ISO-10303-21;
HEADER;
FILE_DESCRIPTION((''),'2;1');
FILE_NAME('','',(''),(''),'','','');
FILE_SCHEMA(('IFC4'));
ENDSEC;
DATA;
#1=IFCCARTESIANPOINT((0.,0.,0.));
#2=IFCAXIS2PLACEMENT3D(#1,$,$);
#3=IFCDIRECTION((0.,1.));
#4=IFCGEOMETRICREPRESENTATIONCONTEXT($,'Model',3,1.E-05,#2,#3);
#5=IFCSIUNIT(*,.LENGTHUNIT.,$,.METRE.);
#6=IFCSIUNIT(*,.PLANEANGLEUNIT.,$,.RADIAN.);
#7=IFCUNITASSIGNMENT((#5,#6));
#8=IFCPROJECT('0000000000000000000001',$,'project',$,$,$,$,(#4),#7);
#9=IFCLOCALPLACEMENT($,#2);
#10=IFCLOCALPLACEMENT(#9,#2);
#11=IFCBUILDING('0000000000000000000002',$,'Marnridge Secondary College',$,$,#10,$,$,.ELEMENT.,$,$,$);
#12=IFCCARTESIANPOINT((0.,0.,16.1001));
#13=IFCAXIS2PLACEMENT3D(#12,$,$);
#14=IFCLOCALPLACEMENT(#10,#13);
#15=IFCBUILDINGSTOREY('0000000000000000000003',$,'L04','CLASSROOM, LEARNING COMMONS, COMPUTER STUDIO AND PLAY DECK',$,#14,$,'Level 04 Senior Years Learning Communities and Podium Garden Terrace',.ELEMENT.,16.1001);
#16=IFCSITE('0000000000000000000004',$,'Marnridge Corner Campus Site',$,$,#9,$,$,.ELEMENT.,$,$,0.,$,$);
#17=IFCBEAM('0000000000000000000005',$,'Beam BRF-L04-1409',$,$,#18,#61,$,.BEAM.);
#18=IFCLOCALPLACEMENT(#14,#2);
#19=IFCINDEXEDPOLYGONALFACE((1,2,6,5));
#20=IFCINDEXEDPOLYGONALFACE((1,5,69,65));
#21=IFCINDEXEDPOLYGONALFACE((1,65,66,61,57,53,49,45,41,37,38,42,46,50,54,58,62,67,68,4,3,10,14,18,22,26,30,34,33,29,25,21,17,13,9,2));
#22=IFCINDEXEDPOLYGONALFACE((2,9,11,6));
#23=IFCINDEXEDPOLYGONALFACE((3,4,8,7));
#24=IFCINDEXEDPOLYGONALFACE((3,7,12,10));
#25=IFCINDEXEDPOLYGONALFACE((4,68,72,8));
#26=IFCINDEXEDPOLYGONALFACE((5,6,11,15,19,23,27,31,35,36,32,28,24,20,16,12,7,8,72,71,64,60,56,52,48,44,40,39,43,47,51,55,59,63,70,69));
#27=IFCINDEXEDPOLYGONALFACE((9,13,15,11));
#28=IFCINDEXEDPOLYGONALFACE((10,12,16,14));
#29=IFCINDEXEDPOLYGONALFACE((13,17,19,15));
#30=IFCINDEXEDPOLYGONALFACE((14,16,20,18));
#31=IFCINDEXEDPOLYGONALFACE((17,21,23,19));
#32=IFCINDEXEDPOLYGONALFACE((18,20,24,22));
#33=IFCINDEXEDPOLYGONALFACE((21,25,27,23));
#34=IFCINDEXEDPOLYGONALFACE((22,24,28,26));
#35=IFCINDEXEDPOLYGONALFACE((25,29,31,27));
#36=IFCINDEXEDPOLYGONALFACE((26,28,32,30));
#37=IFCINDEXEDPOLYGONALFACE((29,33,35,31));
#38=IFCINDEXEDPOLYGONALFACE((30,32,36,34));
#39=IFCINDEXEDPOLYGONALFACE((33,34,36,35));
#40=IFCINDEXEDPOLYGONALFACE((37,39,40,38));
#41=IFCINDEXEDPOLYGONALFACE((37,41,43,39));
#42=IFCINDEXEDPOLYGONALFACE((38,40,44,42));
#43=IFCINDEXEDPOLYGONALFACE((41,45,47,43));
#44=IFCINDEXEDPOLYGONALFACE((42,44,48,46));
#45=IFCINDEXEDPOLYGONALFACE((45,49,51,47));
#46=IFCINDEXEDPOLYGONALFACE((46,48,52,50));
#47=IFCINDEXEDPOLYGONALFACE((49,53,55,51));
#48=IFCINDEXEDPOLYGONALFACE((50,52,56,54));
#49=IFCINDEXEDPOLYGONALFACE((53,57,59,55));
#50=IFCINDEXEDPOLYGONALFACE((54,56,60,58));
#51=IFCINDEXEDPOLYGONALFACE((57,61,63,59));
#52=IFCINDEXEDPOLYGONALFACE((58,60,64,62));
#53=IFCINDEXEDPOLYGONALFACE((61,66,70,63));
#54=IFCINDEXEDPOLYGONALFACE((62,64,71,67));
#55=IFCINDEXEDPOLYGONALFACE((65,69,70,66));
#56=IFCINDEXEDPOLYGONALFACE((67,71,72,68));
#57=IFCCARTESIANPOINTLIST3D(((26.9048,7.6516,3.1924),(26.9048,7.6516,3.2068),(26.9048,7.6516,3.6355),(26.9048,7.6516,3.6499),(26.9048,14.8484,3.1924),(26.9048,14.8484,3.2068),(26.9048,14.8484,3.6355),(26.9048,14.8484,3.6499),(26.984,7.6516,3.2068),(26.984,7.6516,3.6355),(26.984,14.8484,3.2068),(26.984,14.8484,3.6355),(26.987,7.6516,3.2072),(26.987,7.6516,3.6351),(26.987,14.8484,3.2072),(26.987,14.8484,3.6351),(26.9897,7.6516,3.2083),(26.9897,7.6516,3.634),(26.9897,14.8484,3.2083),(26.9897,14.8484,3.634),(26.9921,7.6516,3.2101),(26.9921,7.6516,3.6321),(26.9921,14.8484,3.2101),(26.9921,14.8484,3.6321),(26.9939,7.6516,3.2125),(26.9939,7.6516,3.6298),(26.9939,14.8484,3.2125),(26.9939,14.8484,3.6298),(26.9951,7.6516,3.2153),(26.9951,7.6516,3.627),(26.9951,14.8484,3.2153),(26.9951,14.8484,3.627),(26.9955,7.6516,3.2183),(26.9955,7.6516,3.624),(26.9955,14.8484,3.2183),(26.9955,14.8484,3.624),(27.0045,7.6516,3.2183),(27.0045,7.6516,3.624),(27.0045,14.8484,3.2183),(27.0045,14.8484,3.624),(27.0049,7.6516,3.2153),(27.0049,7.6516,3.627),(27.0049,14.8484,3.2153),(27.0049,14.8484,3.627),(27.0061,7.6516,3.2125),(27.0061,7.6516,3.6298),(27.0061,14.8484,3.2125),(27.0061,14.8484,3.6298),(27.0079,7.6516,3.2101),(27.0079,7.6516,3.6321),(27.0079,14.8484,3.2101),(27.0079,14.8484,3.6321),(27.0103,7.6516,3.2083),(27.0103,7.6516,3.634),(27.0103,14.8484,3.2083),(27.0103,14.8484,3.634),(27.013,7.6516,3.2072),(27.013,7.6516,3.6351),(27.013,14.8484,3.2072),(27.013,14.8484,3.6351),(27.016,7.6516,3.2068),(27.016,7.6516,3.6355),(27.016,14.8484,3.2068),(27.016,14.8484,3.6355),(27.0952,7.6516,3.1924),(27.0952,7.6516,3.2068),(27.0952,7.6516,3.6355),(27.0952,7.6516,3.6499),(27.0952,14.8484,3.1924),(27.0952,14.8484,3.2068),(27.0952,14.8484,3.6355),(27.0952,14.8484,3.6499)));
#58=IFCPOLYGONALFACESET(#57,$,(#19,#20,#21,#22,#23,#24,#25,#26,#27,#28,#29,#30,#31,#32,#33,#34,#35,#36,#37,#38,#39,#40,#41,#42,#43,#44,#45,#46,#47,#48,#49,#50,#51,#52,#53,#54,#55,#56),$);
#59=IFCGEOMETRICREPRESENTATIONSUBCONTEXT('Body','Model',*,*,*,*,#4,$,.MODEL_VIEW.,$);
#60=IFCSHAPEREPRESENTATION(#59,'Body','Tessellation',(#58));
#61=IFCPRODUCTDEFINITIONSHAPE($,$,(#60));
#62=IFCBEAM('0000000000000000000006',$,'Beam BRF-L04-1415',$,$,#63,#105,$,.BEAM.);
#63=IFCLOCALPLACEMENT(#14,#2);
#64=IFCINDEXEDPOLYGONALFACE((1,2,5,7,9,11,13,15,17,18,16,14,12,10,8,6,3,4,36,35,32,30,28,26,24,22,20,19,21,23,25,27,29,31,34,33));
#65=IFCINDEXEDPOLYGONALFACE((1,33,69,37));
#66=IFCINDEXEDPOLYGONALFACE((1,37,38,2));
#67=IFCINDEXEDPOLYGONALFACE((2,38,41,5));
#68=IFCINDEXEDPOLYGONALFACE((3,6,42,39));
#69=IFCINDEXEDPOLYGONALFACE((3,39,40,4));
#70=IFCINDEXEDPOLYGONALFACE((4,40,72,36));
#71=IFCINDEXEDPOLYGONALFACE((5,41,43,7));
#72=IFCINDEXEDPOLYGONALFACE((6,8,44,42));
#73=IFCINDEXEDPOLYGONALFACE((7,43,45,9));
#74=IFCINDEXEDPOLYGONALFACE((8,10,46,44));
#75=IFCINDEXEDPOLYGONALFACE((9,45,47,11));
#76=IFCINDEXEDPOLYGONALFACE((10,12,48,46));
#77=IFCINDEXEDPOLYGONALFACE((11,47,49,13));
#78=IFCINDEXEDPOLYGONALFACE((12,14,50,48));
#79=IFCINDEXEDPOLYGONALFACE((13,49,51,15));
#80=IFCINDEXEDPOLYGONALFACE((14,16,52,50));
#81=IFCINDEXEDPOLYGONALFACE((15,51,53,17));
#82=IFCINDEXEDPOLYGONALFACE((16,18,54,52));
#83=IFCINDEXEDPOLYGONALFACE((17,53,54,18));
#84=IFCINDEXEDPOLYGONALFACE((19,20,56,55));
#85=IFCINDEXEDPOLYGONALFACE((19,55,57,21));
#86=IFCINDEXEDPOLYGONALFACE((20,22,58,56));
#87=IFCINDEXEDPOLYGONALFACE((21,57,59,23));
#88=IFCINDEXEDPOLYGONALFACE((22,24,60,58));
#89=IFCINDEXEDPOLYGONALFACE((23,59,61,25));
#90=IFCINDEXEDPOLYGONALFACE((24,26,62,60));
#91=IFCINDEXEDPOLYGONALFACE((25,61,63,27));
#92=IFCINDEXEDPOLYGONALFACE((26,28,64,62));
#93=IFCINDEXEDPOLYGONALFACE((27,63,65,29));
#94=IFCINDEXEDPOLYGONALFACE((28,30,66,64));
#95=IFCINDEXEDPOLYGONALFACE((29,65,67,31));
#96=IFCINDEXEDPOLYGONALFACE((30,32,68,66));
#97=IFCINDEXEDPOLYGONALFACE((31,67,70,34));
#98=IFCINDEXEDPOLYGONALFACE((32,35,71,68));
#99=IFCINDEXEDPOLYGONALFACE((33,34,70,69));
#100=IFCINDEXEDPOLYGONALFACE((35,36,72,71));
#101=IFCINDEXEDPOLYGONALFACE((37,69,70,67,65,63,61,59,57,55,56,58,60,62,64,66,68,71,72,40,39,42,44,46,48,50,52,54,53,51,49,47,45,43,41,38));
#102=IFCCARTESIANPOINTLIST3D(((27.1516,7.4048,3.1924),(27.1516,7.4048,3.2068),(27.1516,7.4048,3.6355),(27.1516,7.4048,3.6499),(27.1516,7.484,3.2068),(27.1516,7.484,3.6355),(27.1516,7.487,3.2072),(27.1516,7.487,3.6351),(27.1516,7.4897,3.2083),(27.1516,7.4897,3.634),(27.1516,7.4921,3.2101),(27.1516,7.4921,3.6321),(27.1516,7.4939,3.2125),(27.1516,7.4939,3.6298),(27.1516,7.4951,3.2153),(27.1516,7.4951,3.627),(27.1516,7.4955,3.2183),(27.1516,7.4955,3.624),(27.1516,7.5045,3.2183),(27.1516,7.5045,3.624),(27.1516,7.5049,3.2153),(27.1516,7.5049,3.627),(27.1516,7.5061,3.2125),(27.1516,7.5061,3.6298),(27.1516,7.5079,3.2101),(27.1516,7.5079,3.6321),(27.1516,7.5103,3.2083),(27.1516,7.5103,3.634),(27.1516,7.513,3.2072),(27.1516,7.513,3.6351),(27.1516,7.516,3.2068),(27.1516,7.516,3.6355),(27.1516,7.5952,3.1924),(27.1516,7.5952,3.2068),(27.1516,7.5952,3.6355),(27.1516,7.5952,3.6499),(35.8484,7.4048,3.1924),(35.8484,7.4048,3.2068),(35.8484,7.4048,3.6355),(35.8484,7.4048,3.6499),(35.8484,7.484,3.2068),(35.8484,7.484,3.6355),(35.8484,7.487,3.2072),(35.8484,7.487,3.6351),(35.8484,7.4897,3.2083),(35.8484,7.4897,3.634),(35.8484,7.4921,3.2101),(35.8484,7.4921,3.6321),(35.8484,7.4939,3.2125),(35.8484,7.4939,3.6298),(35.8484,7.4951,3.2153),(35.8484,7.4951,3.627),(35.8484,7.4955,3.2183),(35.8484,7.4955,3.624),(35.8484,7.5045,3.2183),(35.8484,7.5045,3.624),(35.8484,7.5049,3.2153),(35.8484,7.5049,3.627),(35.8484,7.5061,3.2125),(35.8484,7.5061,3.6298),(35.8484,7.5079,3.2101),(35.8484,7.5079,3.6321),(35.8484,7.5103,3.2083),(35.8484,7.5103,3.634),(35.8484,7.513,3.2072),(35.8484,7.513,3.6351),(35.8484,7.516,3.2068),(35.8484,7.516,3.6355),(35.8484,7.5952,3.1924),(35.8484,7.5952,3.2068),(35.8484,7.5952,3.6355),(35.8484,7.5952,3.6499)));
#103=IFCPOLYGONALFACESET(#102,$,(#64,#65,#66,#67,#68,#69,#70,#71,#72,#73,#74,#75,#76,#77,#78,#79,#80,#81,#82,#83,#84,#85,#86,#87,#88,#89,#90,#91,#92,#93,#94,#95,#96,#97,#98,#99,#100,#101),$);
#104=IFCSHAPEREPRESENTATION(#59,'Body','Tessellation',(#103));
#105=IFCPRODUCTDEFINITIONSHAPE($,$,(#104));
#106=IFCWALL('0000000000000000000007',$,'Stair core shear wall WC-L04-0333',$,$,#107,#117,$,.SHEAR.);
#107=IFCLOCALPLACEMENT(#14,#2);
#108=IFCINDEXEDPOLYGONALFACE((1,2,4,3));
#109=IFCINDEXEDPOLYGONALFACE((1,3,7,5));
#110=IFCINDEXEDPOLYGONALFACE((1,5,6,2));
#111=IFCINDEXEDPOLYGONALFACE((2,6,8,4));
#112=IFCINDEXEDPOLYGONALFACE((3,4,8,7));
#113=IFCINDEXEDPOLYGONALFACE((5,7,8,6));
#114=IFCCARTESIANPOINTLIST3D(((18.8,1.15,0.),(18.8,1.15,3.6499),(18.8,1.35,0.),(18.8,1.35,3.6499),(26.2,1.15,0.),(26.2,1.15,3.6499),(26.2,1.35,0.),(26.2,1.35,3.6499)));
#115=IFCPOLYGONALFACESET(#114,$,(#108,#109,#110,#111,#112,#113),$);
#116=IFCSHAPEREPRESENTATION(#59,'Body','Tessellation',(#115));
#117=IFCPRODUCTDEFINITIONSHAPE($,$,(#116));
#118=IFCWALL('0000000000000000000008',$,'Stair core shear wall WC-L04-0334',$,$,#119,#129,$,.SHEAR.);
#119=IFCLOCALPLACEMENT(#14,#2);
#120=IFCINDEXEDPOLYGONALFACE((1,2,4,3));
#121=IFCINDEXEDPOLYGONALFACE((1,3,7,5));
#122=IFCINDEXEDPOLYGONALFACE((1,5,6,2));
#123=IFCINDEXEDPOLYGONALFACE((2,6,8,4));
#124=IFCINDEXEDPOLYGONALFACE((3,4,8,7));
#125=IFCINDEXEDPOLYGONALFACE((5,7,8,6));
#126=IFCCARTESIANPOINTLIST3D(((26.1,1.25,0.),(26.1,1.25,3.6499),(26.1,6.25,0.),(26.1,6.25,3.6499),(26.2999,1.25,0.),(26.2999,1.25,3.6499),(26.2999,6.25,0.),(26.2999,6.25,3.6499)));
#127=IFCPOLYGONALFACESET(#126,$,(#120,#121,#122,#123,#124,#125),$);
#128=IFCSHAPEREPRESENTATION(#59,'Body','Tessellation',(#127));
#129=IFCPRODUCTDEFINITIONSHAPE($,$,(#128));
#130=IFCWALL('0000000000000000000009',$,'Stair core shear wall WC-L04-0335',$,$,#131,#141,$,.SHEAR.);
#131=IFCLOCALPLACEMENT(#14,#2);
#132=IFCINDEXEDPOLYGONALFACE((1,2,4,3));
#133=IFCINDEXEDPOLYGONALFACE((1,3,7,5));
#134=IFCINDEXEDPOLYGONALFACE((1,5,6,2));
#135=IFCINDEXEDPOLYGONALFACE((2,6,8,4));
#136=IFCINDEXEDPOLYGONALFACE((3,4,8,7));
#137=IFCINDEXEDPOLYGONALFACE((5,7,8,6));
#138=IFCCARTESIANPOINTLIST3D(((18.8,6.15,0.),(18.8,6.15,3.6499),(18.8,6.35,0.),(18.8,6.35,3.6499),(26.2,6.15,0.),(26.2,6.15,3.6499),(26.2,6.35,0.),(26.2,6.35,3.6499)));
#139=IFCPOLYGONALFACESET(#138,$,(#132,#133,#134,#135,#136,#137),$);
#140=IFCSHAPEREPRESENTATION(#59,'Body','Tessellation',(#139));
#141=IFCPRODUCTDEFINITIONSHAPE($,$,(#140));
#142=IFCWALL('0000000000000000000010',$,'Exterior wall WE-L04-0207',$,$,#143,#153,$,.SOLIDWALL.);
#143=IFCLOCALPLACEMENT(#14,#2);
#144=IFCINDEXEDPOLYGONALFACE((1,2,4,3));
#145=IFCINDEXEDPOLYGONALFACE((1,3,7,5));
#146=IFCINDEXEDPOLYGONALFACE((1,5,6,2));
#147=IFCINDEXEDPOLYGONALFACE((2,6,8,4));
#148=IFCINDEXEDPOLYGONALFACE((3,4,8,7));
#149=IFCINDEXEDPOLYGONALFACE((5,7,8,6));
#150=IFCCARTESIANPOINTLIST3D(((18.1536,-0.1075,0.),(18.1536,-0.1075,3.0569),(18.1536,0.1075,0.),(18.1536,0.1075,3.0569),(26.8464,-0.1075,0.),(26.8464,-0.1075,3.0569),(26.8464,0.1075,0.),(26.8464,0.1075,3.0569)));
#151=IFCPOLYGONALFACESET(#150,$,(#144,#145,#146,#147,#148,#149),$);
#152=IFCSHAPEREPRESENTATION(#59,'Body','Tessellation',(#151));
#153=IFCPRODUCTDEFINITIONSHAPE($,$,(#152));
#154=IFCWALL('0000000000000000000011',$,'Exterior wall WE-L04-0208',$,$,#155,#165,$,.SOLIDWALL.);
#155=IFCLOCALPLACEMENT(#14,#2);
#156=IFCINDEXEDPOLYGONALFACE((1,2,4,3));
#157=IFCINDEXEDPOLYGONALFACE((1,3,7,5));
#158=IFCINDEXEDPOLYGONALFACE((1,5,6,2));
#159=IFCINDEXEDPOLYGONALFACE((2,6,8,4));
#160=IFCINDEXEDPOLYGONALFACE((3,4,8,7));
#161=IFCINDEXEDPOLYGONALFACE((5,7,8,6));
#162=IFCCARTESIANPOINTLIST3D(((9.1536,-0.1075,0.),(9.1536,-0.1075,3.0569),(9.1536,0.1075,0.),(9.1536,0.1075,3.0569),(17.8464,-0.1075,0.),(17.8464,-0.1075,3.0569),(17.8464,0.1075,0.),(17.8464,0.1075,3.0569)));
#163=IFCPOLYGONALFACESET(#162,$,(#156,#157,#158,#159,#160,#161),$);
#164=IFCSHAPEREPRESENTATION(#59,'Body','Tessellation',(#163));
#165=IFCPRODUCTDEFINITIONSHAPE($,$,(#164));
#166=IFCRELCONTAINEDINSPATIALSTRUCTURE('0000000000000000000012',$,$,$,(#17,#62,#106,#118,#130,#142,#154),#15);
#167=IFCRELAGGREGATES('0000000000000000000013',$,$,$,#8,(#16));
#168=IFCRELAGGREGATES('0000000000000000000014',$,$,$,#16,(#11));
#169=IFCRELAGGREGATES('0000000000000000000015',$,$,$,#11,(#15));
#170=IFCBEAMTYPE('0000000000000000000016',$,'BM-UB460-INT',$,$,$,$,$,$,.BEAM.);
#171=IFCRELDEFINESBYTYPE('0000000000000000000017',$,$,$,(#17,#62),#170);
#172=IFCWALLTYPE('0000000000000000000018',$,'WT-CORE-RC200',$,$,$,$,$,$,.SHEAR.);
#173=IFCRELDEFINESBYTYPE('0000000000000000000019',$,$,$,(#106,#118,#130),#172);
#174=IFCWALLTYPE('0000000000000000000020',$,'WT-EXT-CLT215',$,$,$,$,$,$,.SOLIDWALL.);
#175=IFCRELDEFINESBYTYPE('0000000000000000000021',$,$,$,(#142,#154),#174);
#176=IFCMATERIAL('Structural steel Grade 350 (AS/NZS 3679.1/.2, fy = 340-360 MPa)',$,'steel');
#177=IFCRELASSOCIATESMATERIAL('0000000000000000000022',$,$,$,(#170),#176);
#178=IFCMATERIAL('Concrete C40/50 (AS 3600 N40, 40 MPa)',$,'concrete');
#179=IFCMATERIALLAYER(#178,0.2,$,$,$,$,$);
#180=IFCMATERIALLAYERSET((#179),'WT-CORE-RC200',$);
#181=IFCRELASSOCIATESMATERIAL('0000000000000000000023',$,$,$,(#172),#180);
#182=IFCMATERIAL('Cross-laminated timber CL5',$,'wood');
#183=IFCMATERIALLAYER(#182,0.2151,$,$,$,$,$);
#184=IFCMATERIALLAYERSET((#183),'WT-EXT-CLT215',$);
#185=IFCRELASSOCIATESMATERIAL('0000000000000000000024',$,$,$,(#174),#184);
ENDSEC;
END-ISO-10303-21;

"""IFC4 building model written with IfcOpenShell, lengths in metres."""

from ifc_helpers import new_model, si_unit, direction, frame, frame_2d, origin, origin_2d, place, context, subcontext, project, spatial, rectangle, i_section, extrude, material, layer, layer_set, material_profile, profile_set, type_object, element, save


model = new_model("IFC4")

# Units and contexts
model_context = context("Model", 3, precision=1e-05, world=origin(), true_north=direction((0.0, 1.0)))
body_context = subcontext(model_context, "Body", "Model", "MODEL_VIEW")
ifc_project = project(units=[si_unit("LENGTHUNIT", "METRE"), si_unit("PLANEANGLEUNIT", "RADIAN")], contexts=[model_context])

# Site, building, storey
site_placement = place(None, origin())
site = spatial("IfcSite", under=ifc_project, at=site_placement, Name="Marnridge Corner Campus Site", CompositionType="ELEMENT", RefElevation=0.0)
building_placement = place(site_placement, origin())
building = spatial("IfcBuilding", under=site, at=building_placement, Name="Marnridge Secondary College", CompositionType="ELEMENT")
storey_placement = place(building_placement, frame((0.0, 0.0, 16.1001)))
storey = spatial("IfcBuildingStorey", under=building, at=storey_placement, Name="L04", Description="CLASSROOM, LEARNING COMMONS, COMPUTER STUDIO AND PLAY DECK", LongName="Level 04 Senior Years Learning Communities and Podium Garden Terrace", CompositionType="ELEMENT", Elevation=16.1001)

# Beams
ifc_material_1 = material(Name="Structural steel Grade 350 (AS/NZS 3679.1/.2, fy = 340-360 MPa)", Category="steel")
ifc_material_profile_1 = material_profile(ifc_material_1, i_section(OverallWidth=0.1904, OverallDepth=0.4575, WebThickness=0.009, FlangeThickness=0.0144, FilletRadius=0.0115, at=origin_2d()), Name="460UB74.6")
ifc_profile_set_1 = profile_set([ifc_material_profile_1], Name="Structural steel Grade 350 (AS/NZS 3679.1/.2, fy = 340-360 MPa)")
beam_type_1 = type_object("IfcBeamType", Name="BM-UB460-INT", PredefinedType="BEAM", material=ifc_profile_set_1)
for number, where, z_axis, x_axis, name in (
    (1, (27.0, 7.6516, 3.4211), (0.0, 1.0, 0.0), (-1.0, 0.0, 0.0), "Beam BRF-L04-1409"),
):
    element("IfcBeam", number, at=place(storey_placement, frame(where, z_axis=z_axis, x_axis=x_axis)), inside=storey, type_object=beam_type_1, Name=name, PredefinedType="BEAM", context=body_context, shape_type="SweptSolid", body=[
        extrude(i_section(OverallWidth=0.1904, OverallDepth=0.4575, WebThickness=0.009, FlangeThickness=0.0144, FilletRadius=0.0115, at=origin_2d()), origin(), (0.0, 0.0, 1.0), 7.1968),
    ])
beam_1_placement = place(storey_placement, frame((27.1516, 7.5, 3.4211), z_axis=(1.0, 0.0, 0.0), x_axis=(0.0, 1.0, 0.0)))
element("IfcBeam", 2, at=beam_1_placement, inside=storey, type_object=beam_type_1, Name="Beam BRF-L04-1415", PredefinedType="BEAM", context=body_context, shape_type="SweptSolid", body=[
    extrude(i_section(OverallWidth=0.1904, OverallDepth=0.4575, WebThickness=0.009, FlangeThickness=0.0144, FilletRadius=0.0115, at=origin_2d()), origin(), (0.0, 0.0, 1.0), 8.6968),
])

# Walls
ifc_material_2 = material(Name="Concrete C40/50 (AS 3600 N40, 40 MPa)", Category="concrete")
ifc_layer_1 = layer(ifc_material_2, 0.2)
ifc_layer_set_1 = layer_set([ifc_layer_1], Name="WT-CORE-RC200")
wall_type_1 = type_object("IfcWallType", Name="WT-CORE-RC200", PredefinedType="SHEAR", material=ifc_layer_set_1)
wall_1_placement = place(storey_placement, frame((18.8, 1.25, 0.0), z_axis=(0.0, 0.0, 1.0), x_axis=(1.0, 0.0, 0.0)))
element("IfcWall", 3, at=wall_1_placement, inside=storey, type_object=wall_type_1, Name="Stair core shear wall WC-L04-0333", PredefinedType="SHEAR", context=body_context, shape_type="SweptSolid", body=[
    extrude(rectangle(XDim=7.3999, YDim=0.2, at=frame_2d((3.7, 0.0))), origin(), (0.0, 0.0, 1.0), 3.6499),
])
wall_2_placement = place(storey_placement, frame((26.2, 1.25, 0.0), z_axis=(0.0, 0.0, 1.0), x_axis=(0.0, 1.0, 0.0)))
element("IfcWall", 4, at=wall_2_placement, inside=storey, type_object=wall_type_1, Name="Stair core shear wall WC-L04-0334", PredefinedType="SHEAR", context=body_context, shape_type="SweptSolid", body=[
    extrude(rectangle(XDim=5.0, YDim=0.2, at=frame_2d((2.5, 0.0))), origin(), (0.0, 0.0, 1.0), 3.6499),
])
wall_3_placement = place(storey_placement, frame((26.2, 6.25, 0.0), z_axis=(0.0, 0.0, 1.0), x_axis=(-1.0, 0.0, 0.0)))
element("IfcWall", 5, at=wall_3_placement, inside=storey, type_object=wall_type_1, Name="Stair core shear wall WC-L04-0335", PredefinedType="SHEAR", context=body_context, shape_type="SweptSolid", body=[
    extrude(rectangle(XDim=7.3999, YDim=0.2, at=frame_2d((3.7, 0.0))), origin(), (0.0, 0.0, 1.0), 3.6499),
])

# Walls
ifc_material_3 = material(Name="Cross-laminated timber CL5", Category="wood")
ifc_layer_2 = layer(ifc_material_3, 0.2151)
ifc_layer_set_2 = layer_set([ifc_layer_2], Name="WT-EXT-CLT215")
wall_type_2 = type_object("IfcWallType", Name="WT-EXT-CLT215", PredefinedType="SOLIDWALL", material=ifc_layer_set_2)
for number, where, z_axis, x_axis, name in (
    (6, (26.8464, 0.0, 0.0), (0.0, 0.0, 1.0), (-1.0, 0.0, 0.0), "Exterior wall WE-L04-0207"),
    (7, (17.8464, 0.0, 0.0), (0.0, 0.0, 1.0), (-1.0, 0.0, 0.0), "Exterior wall WE-L04-0208"),
):
    element("IfcWall", number, at=place(storey_placement, frame(where, z_axis=z_axis, x_axis=x_axis)), inside=storey, type_object=wall_type_2, Name=name, PredefinedType="SOLIDWALL", context=body_context, shape_type="SweptSolid", body=[
        extrude(rectangle(XDim=8.6929, YDim=0.2151, at=frame_2d((4.3464, 0.0))), origin(), (0.0, 0.0, 1.0), 3.0569),
    ])

save(model, "model.ifc")
